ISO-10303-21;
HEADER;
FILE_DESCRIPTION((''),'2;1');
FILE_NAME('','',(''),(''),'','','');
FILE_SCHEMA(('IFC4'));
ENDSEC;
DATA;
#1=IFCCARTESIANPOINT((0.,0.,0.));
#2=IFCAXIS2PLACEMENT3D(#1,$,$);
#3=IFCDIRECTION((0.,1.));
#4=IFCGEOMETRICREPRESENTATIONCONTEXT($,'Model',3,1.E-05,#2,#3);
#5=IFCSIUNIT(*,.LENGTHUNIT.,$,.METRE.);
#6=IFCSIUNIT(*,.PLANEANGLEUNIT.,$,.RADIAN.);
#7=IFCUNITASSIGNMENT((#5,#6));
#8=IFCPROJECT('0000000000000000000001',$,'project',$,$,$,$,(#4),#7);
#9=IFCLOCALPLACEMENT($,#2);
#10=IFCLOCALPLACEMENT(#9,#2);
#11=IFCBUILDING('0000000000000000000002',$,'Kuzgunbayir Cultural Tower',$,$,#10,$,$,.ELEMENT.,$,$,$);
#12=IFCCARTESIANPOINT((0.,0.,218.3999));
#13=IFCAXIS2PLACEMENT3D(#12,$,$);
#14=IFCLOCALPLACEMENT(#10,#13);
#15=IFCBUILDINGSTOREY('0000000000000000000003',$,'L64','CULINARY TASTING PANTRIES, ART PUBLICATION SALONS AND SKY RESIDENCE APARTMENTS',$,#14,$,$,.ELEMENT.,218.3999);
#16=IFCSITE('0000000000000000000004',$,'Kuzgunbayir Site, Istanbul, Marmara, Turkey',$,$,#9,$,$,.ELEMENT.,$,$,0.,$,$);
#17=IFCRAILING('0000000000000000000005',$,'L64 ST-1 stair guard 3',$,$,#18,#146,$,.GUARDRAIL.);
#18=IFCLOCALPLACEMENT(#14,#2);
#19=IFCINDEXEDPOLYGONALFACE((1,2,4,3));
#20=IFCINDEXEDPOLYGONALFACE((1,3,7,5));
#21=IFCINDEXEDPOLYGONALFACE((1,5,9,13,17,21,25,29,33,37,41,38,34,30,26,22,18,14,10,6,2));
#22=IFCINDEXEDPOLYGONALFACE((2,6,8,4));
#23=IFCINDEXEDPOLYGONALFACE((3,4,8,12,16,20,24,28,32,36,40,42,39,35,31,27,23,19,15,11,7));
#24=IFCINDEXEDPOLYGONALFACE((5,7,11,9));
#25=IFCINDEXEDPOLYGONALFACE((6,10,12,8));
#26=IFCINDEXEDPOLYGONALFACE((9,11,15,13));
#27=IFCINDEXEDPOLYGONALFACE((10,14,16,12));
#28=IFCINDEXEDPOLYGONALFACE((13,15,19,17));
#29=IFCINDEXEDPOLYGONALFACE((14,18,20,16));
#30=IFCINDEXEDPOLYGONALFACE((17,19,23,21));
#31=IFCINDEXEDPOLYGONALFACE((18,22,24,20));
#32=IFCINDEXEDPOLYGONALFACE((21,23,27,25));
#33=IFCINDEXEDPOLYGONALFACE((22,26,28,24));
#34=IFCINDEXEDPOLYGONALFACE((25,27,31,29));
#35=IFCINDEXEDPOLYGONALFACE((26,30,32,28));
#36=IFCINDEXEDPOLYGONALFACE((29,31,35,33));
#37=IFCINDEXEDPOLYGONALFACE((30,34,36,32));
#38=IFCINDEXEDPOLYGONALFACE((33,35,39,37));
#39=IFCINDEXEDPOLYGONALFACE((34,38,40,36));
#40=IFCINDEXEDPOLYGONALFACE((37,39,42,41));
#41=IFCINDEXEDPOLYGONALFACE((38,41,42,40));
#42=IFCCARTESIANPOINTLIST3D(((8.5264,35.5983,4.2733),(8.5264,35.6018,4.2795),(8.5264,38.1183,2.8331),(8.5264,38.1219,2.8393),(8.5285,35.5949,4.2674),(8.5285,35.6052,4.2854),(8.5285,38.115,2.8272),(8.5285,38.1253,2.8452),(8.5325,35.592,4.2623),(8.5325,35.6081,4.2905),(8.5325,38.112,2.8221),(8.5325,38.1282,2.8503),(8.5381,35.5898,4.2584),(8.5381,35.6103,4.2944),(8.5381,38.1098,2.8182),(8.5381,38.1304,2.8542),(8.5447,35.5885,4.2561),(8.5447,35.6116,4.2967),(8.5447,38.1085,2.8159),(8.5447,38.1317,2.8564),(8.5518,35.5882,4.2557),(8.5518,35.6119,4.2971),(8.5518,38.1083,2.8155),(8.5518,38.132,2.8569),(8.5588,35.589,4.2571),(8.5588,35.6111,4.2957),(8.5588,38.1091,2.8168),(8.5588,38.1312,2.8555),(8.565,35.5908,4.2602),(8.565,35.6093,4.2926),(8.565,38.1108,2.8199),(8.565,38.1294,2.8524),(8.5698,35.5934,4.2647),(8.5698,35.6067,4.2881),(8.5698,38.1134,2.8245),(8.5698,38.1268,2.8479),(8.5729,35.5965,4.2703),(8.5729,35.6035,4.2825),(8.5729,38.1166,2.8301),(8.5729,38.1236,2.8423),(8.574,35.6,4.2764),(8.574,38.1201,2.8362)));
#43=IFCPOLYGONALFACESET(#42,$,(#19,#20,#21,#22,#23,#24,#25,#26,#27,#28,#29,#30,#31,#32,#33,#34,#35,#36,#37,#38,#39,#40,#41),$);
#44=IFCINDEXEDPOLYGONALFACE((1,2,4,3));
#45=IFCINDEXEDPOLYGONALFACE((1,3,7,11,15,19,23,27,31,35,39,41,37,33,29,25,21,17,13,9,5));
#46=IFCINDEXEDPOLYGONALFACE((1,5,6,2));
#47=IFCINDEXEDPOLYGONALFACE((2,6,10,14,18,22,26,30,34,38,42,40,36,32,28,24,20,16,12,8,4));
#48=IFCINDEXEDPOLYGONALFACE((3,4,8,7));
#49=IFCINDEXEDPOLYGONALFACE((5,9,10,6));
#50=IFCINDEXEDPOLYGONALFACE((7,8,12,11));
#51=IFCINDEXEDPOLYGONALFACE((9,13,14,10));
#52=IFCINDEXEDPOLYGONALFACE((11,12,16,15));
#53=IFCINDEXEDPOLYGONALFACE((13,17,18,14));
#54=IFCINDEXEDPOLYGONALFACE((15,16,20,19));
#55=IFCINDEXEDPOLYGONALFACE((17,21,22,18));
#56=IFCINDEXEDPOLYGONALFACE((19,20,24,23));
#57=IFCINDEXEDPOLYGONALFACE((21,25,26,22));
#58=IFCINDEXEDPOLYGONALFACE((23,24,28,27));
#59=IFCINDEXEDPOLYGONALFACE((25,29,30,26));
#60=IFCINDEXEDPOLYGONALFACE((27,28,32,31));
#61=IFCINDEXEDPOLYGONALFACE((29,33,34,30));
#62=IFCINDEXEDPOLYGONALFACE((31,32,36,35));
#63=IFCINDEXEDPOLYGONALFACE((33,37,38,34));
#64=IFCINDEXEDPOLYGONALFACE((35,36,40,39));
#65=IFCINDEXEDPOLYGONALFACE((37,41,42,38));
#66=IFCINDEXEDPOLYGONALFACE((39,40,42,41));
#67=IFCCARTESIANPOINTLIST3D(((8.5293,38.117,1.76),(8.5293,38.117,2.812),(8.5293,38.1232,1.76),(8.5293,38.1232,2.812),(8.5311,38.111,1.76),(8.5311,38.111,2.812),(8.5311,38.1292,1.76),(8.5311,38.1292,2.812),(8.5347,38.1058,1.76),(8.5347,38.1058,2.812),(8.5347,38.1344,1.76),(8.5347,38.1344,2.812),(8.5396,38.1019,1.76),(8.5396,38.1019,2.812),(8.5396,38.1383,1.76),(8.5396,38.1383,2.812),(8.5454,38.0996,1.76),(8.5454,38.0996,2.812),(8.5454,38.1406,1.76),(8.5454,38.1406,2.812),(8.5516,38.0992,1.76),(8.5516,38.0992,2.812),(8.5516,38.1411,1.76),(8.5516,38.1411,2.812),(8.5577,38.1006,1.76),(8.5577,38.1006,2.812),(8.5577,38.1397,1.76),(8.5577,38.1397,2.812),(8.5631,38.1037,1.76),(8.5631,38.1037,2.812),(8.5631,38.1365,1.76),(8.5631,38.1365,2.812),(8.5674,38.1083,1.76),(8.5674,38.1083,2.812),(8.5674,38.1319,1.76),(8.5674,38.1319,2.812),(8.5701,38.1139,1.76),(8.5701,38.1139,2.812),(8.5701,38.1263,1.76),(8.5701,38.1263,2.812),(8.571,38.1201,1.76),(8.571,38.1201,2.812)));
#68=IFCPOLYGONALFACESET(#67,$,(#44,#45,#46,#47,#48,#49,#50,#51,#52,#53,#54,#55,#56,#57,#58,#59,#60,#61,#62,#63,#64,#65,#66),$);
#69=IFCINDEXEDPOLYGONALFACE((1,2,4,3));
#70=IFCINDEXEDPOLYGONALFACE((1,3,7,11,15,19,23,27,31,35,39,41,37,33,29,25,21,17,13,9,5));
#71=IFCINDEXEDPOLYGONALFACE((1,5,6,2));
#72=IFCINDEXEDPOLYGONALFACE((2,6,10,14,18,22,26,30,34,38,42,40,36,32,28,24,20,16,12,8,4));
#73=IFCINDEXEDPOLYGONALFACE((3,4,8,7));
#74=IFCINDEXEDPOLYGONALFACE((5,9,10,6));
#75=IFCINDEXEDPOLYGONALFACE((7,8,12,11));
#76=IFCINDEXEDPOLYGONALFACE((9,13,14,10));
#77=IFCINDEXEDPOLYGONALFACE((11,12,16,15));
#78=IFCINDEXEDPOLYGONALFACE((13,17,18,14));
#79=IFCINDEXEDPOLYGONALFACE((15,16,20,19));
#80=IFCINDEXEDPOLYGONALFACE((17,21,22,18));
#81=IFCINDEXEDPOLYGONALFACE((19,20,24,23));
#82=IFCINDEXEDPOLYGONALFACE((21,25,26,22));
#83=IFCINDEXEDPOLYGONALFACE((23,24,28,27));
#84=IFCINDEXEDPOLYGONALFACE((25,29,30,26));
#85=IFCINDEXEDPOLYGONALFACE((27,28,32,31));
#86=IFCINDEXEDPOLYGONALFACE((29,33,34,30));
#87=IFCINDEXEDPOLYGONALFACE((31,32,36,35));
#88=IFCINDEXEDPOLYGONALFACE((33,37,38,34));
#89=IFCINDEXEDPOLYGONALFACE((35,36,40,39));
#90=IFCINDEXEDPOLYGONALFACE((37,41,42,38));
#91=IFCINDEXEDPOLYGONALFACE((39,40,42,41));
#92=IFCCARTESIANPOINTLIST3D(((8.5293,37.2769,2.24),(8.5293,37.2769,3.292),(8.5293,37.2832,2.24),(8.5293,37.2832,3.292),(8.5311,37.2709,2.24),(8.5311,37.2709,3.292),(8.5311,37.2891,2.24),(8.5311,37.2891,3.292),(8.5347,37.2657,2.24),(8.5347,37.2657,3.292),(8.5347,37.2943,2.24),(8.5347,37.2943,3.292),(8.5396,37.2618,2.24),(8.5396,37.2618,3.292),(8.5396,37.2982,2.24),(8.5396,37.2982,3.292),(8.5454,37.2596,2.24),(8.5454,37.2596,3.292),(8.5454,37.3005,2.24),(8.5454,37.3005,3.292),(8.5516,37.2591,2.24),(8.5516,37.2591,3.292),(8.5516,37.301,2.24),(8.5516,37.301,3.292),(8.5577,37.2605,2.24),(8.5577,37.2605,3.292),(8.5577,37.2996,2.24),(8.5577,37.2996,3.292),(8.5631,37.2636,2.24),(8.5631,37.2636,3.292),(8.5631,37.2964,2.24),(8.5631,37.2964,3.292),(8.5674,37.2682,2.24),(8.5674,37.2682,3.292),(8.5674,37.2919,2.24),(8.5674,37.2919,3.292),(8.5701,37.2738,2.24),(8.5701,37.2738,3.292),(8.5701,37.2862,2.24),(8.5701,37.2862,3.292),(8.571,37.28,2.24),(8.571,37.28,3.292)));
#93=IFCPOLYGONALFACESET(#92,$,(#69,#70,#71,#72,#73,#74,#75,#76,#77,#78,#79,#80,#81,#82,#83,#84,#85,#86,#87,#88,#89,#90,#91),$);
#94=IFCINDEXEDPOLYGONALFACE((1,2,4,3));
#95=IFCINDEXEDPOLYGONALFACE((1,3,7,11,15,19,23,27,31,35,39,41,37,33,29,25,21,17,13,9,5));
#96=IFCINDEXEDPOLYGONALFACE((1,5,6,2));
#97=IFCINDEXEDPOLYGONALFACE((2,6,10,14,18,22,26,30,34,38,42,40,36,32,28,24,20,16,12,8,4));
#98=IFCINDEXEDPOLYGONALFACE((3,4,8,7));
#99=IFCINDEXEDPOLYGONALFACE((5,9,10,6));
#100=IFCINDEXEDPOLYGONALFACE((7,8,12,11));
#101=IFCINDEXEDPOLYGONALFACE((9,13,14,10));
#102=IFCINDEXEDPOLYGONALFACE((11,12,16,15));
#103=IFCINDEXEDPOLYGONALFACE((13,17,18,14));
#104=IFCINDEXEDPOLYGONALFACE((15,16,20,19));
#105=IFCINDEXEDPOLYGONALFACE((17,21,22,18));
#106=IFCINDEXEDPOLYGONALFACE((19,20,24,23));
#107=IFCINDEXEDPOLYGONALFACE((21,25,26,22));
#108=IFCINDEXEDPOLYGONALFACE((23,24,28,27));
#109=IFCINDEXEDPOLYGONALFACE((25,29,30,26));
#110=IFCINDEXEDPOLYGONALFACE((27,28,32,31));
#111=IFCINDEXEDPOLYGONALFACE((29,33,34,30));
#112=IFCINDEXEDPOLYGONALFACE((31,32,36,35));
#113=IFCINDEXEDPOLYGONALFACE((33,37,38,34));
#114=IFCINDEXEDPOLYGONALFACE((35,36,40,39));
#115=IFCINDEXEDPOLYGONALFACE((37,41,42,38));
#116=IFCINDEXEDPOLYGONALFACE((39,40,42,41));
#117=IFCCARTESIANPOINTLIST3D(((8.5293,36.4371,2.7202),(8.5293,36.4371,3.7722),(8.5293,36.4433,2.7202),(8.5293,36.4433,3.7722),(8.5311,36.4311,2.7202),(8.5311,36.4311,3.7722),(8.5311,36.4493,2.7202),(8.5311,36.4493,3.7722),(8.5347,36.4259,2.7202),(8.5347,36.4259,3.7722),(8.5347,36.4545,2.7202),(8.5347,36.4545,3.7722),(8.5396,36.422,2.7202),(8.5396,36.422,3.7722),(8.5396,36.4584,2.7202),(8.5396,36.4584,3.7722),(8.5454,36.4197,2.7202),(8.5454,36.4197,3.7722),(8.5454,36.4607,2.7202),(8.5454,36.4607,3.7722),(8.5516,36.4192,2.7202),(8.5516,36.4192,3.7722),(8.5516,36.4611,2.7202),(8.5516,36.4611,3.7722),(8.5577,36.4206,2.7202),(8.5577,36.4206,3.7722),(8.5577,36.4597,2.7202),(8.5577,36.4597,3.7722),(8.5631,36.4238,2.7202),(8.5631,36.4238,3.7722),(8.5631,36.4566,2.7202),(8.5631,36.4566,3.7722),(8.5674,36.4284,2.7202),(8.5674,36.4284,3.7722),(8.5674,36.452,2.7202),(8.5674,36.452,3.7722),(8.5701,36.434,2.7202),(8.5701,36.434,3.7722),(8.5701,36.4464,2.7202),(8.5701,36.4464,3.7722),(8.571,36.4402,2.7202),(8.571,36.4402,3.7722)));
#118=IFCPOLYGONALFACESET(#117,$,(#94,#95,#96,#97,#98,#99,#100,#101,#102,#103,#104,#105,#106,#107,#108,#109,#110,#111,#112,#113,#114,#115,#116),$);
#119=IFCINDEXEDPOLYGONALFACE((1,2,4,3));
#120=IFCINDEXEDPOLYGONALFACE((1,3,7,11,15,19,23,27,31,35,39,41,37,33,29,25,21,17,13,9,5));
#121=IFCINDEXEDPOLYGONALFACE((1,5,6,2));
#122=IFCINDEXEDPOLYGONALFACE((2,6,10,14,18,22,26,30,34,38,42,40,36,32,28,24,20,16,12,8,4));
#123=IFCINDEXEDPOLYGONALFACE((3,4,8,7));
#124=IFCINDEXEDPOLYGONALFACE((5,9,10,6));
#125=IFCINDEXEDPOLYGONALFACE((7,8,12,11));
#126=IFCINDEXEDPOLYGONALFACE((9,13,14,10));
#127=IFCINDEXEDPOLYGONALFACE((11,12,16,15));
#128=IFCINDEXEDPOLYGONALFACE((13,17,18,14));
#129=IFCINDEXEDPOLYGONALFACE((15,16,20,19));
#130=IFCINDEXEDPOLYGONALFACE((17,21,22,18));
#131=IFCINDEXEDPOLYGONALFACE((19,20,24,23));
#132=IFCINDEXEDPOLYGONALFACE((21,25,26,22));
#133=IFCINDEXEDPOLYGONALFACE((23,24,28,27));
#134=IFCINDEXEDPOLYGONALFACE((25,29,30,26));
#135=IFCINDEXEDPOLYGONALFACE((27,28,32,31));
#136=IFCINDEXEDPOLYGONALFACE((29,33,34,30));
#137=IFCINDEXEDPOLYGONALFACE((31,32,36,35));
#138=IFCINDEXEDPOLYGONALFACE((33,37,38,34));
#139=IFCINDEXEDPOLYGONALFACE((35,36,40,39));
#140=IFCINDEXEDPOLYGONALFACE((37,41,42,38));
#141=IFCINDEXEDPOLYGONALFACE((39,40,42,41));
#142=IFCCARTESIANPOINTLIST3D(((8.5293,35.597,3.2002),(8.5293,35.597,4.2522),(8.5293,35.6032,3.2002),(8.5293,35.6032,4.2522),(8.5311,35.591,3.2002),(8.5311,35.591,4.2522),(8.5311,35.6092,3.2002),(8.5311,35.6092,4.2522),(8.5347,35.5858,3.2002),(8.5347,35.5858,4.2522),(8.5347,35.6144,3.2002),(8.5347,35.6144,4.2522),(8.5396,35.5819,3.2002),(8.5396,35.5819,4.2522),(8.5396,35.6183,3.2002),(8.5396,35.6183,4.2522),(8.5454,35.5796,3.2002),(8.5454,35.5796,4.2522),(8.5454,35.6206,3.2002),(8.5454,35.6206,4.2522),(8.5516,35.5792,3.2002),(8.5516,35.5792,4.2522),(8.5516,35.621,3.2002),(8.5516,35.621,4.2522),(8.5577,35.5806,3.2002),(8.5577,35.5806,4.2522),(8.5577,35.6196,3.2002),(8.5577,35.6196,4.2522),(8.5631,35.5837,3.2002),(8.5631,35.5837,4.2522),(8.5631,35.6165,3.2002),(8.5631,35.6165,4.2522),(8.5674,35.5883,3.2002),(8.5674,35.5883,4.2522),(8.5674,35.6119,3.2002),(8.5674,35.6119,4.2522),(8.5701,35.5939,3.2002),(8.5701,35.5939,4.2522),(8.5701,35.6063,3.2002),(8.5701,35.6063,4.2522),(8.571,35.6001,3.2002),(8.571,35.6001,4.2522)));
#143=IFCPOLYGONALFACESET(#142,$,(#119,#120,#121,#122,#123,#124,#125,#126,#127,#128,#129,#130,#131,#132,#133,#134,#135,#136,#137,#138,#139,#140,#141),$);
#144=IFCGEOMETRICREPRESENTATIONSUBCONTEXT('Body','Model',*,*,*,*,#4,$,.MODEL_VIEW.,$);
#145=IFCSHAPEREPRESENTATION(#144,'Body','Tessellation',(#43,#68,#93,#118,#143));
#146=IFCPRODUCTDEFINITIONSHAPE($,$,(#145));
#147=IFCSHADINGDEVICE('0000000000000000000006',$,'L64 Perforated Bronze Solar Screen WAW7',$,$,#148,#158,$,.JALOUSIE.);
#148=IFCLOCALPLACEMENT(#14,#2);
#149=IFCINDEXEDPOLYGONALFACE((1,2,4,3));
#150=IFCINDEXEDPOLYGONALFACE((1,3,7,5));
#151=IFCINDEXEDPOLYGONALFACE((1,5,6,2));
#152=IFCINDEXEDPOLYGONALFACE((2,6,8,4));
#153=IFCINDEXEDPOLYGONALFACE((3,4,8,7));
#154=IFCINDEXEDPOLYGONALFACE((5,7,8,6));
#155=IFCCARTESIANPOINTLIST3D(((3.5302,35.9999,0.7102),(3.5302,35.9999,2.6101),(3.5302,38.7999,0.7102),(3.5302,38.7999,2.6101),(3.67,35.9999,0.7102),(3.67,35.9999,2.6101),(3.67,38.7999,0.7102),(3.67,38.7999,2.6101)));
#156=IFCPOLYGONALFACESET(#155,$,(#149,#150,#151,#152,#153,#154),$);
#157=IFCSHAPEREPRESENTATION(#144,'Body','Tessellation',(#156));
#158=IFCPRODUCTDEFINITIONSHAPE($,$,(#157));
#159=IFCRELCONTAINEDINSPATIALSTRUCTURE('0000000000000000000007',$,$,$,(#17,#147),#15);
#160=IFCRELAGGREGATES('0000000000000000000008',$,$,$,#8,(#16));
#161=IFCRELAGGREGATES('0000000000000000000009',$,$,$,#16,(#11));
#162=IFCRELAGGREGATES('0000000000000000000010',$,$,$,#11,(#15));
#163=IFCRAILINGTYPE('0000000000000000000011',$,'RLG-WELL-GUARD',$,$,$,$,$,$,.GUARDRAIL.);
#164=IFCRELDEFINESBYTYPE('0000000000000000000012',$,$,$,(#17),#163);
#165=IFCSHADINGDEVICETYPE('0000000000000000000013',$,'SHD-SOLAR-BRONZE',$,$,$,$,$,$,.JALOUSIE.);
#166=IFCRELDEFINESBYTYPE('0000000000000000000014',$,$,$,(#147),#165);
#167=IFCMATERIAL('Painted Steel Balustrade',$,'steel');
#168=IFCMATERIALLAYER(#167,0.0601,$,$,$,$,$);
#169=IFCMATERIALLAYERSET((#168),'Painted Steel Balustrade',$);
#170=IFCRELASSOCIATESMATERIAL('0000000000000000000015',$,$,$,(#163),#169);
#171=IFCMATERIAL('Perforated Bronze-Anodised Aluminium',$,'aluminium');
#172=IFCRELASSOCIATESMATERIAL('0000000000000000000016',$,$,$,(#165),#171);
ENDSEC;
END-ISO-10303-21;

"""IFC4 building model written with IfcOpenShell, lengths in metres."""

from ifc_helpers import new_model, si_unit, direction, frame, origin, origin_2d, place, context, subcontext, project, spatial, rectangle, circle, extrude, material, layer, layer_set, type_object, element, save


model = new_model("IFC4")

# Units and contexts
model_context = context("Model", 3, precision=1e-05, world=origin(), true_north=direction((0.0, 1.0)))
body_context = subcontext(model_context, "Body", "Model", "MODEL_VIEW")
ifc_project = project(units=[si_unit("LENGTHUNIT", "METRE"), si_unit("PLANEANGLEUNIT", "RADIAN")], contexts=[model_context])

# Site, building, storey
site_placement = place(None, origin())
site = spatial("IfcSite", under=ifc_project, at=site_placement, Name="Kuzgunbayir Site, Istanbul, Marmara, Turkey", CompositionType="ELEMENT", RefElevation=0.0)
building_placement = place(site_placement, origin())
building = spatial("IfcBuilding", under=site, at=building_placement, Name="Kuzgunbayir Cultural Tower", CompositionType="ELEMENT")
storey_placement = place(building_placement, frame((0.0, 0.0, 218.3999)))
storey = spatial("IfcBuildingStorey", under=building, at=storey_placement, Name="L64", Description="CULINARY TASTING PANTRIES, ART PUBLICATION SALONS AND SKY RESIDENCE APARTMENTS", CompositionType="ELEMENT", Elevation=218.3999)

# Railing
ifc_material_1 = material(Name="Painted Steel Balustrade", Category="steel")
ifc_layer_1 = layer(ifc_material_1, 0.0601)
ifc_layer_set_1 = layer_set([ifc_layer_1], Name="Painted Steel Balustrade")
railing_type_1 = type_object("IfcRailingType", Name="RLG-WELL-GUARD", PredefinedType="GUARDRAIL", material=ifc_layer_set_1)
railing_1_placement = place(storey_placement, frame((8.55, 38.1201, 1.76)))
element("IfcRailing", 1, at=railing_1_placement, inside=storey, type_object=railing_type_1, Name="L64 ST-1 stair guard 3", PredefinedType="GUARDRAIL", context=body_context, shape_type="SweptSolid", body=[
    extrude(circle(Radius=0.0239, at=origin_2d()), frame((0.0, 0.0, 1.0762), z_axis=(0.0, -0.868217, 0.496184), x_axis=(1.0, 0.0, 0.0)), (0.0, 0.0, 1.0), 2.9026),
    extrude(circle(Radius=0.021, at=origin_2d()), origin(), (0.0, 0.0, 1.0), 1.052),
    extrude(circle(Radius=0.021, at=origin_2d()), frame((0.0, -0.8401, 0.48)), (0.0, 0.0, 1.0), 1.052),
    extrude(circle(Radius=0.021, at=origin_2d()), frame((0.0, -1.6799, 0.9602)), (0.0, 0.0, 1.0), 1.052),
    extrude(circle(Radius=0.021, at=origin_2d()), frame((0.0, -2.52, 1.4402)), (0.0, 0.0, 1.0), 1.052),
])

# Shading device
ifc_material_2 = material(Name="Perforated Bronze-Anodised Aluminium", Category="aluminium")
shading_device_type = type_object("IfcShadingDeviceType", Name="SHD-SOLAR-BRONZE", PredefinedType="JALOUSIE", material=ifc_material_2)
shading_device_placement = place(storey_placement, frame((3.6001, 37.3999, 0.7102), z_axis=(0.0, 0.0, 1.0), x_axis=(1.0, 0.0, 0.0)))
element("IfcShadingDevice", 2, at=shading_device_placement, inside=storey, type_object=shading_device_type, Name="L64 Perforated Bronze Solar Screen WAW7", PredefinedType="JALOUSIE", context=body_context, shape_type="SweptSolid", body=[
    extrude(rectangle(XDim=0.1399, YDim=2.8, at=origin_2d()), origin(), (0.0, 0.0, 1.0), 1.8999),
])

save(model, "model.ifc")
